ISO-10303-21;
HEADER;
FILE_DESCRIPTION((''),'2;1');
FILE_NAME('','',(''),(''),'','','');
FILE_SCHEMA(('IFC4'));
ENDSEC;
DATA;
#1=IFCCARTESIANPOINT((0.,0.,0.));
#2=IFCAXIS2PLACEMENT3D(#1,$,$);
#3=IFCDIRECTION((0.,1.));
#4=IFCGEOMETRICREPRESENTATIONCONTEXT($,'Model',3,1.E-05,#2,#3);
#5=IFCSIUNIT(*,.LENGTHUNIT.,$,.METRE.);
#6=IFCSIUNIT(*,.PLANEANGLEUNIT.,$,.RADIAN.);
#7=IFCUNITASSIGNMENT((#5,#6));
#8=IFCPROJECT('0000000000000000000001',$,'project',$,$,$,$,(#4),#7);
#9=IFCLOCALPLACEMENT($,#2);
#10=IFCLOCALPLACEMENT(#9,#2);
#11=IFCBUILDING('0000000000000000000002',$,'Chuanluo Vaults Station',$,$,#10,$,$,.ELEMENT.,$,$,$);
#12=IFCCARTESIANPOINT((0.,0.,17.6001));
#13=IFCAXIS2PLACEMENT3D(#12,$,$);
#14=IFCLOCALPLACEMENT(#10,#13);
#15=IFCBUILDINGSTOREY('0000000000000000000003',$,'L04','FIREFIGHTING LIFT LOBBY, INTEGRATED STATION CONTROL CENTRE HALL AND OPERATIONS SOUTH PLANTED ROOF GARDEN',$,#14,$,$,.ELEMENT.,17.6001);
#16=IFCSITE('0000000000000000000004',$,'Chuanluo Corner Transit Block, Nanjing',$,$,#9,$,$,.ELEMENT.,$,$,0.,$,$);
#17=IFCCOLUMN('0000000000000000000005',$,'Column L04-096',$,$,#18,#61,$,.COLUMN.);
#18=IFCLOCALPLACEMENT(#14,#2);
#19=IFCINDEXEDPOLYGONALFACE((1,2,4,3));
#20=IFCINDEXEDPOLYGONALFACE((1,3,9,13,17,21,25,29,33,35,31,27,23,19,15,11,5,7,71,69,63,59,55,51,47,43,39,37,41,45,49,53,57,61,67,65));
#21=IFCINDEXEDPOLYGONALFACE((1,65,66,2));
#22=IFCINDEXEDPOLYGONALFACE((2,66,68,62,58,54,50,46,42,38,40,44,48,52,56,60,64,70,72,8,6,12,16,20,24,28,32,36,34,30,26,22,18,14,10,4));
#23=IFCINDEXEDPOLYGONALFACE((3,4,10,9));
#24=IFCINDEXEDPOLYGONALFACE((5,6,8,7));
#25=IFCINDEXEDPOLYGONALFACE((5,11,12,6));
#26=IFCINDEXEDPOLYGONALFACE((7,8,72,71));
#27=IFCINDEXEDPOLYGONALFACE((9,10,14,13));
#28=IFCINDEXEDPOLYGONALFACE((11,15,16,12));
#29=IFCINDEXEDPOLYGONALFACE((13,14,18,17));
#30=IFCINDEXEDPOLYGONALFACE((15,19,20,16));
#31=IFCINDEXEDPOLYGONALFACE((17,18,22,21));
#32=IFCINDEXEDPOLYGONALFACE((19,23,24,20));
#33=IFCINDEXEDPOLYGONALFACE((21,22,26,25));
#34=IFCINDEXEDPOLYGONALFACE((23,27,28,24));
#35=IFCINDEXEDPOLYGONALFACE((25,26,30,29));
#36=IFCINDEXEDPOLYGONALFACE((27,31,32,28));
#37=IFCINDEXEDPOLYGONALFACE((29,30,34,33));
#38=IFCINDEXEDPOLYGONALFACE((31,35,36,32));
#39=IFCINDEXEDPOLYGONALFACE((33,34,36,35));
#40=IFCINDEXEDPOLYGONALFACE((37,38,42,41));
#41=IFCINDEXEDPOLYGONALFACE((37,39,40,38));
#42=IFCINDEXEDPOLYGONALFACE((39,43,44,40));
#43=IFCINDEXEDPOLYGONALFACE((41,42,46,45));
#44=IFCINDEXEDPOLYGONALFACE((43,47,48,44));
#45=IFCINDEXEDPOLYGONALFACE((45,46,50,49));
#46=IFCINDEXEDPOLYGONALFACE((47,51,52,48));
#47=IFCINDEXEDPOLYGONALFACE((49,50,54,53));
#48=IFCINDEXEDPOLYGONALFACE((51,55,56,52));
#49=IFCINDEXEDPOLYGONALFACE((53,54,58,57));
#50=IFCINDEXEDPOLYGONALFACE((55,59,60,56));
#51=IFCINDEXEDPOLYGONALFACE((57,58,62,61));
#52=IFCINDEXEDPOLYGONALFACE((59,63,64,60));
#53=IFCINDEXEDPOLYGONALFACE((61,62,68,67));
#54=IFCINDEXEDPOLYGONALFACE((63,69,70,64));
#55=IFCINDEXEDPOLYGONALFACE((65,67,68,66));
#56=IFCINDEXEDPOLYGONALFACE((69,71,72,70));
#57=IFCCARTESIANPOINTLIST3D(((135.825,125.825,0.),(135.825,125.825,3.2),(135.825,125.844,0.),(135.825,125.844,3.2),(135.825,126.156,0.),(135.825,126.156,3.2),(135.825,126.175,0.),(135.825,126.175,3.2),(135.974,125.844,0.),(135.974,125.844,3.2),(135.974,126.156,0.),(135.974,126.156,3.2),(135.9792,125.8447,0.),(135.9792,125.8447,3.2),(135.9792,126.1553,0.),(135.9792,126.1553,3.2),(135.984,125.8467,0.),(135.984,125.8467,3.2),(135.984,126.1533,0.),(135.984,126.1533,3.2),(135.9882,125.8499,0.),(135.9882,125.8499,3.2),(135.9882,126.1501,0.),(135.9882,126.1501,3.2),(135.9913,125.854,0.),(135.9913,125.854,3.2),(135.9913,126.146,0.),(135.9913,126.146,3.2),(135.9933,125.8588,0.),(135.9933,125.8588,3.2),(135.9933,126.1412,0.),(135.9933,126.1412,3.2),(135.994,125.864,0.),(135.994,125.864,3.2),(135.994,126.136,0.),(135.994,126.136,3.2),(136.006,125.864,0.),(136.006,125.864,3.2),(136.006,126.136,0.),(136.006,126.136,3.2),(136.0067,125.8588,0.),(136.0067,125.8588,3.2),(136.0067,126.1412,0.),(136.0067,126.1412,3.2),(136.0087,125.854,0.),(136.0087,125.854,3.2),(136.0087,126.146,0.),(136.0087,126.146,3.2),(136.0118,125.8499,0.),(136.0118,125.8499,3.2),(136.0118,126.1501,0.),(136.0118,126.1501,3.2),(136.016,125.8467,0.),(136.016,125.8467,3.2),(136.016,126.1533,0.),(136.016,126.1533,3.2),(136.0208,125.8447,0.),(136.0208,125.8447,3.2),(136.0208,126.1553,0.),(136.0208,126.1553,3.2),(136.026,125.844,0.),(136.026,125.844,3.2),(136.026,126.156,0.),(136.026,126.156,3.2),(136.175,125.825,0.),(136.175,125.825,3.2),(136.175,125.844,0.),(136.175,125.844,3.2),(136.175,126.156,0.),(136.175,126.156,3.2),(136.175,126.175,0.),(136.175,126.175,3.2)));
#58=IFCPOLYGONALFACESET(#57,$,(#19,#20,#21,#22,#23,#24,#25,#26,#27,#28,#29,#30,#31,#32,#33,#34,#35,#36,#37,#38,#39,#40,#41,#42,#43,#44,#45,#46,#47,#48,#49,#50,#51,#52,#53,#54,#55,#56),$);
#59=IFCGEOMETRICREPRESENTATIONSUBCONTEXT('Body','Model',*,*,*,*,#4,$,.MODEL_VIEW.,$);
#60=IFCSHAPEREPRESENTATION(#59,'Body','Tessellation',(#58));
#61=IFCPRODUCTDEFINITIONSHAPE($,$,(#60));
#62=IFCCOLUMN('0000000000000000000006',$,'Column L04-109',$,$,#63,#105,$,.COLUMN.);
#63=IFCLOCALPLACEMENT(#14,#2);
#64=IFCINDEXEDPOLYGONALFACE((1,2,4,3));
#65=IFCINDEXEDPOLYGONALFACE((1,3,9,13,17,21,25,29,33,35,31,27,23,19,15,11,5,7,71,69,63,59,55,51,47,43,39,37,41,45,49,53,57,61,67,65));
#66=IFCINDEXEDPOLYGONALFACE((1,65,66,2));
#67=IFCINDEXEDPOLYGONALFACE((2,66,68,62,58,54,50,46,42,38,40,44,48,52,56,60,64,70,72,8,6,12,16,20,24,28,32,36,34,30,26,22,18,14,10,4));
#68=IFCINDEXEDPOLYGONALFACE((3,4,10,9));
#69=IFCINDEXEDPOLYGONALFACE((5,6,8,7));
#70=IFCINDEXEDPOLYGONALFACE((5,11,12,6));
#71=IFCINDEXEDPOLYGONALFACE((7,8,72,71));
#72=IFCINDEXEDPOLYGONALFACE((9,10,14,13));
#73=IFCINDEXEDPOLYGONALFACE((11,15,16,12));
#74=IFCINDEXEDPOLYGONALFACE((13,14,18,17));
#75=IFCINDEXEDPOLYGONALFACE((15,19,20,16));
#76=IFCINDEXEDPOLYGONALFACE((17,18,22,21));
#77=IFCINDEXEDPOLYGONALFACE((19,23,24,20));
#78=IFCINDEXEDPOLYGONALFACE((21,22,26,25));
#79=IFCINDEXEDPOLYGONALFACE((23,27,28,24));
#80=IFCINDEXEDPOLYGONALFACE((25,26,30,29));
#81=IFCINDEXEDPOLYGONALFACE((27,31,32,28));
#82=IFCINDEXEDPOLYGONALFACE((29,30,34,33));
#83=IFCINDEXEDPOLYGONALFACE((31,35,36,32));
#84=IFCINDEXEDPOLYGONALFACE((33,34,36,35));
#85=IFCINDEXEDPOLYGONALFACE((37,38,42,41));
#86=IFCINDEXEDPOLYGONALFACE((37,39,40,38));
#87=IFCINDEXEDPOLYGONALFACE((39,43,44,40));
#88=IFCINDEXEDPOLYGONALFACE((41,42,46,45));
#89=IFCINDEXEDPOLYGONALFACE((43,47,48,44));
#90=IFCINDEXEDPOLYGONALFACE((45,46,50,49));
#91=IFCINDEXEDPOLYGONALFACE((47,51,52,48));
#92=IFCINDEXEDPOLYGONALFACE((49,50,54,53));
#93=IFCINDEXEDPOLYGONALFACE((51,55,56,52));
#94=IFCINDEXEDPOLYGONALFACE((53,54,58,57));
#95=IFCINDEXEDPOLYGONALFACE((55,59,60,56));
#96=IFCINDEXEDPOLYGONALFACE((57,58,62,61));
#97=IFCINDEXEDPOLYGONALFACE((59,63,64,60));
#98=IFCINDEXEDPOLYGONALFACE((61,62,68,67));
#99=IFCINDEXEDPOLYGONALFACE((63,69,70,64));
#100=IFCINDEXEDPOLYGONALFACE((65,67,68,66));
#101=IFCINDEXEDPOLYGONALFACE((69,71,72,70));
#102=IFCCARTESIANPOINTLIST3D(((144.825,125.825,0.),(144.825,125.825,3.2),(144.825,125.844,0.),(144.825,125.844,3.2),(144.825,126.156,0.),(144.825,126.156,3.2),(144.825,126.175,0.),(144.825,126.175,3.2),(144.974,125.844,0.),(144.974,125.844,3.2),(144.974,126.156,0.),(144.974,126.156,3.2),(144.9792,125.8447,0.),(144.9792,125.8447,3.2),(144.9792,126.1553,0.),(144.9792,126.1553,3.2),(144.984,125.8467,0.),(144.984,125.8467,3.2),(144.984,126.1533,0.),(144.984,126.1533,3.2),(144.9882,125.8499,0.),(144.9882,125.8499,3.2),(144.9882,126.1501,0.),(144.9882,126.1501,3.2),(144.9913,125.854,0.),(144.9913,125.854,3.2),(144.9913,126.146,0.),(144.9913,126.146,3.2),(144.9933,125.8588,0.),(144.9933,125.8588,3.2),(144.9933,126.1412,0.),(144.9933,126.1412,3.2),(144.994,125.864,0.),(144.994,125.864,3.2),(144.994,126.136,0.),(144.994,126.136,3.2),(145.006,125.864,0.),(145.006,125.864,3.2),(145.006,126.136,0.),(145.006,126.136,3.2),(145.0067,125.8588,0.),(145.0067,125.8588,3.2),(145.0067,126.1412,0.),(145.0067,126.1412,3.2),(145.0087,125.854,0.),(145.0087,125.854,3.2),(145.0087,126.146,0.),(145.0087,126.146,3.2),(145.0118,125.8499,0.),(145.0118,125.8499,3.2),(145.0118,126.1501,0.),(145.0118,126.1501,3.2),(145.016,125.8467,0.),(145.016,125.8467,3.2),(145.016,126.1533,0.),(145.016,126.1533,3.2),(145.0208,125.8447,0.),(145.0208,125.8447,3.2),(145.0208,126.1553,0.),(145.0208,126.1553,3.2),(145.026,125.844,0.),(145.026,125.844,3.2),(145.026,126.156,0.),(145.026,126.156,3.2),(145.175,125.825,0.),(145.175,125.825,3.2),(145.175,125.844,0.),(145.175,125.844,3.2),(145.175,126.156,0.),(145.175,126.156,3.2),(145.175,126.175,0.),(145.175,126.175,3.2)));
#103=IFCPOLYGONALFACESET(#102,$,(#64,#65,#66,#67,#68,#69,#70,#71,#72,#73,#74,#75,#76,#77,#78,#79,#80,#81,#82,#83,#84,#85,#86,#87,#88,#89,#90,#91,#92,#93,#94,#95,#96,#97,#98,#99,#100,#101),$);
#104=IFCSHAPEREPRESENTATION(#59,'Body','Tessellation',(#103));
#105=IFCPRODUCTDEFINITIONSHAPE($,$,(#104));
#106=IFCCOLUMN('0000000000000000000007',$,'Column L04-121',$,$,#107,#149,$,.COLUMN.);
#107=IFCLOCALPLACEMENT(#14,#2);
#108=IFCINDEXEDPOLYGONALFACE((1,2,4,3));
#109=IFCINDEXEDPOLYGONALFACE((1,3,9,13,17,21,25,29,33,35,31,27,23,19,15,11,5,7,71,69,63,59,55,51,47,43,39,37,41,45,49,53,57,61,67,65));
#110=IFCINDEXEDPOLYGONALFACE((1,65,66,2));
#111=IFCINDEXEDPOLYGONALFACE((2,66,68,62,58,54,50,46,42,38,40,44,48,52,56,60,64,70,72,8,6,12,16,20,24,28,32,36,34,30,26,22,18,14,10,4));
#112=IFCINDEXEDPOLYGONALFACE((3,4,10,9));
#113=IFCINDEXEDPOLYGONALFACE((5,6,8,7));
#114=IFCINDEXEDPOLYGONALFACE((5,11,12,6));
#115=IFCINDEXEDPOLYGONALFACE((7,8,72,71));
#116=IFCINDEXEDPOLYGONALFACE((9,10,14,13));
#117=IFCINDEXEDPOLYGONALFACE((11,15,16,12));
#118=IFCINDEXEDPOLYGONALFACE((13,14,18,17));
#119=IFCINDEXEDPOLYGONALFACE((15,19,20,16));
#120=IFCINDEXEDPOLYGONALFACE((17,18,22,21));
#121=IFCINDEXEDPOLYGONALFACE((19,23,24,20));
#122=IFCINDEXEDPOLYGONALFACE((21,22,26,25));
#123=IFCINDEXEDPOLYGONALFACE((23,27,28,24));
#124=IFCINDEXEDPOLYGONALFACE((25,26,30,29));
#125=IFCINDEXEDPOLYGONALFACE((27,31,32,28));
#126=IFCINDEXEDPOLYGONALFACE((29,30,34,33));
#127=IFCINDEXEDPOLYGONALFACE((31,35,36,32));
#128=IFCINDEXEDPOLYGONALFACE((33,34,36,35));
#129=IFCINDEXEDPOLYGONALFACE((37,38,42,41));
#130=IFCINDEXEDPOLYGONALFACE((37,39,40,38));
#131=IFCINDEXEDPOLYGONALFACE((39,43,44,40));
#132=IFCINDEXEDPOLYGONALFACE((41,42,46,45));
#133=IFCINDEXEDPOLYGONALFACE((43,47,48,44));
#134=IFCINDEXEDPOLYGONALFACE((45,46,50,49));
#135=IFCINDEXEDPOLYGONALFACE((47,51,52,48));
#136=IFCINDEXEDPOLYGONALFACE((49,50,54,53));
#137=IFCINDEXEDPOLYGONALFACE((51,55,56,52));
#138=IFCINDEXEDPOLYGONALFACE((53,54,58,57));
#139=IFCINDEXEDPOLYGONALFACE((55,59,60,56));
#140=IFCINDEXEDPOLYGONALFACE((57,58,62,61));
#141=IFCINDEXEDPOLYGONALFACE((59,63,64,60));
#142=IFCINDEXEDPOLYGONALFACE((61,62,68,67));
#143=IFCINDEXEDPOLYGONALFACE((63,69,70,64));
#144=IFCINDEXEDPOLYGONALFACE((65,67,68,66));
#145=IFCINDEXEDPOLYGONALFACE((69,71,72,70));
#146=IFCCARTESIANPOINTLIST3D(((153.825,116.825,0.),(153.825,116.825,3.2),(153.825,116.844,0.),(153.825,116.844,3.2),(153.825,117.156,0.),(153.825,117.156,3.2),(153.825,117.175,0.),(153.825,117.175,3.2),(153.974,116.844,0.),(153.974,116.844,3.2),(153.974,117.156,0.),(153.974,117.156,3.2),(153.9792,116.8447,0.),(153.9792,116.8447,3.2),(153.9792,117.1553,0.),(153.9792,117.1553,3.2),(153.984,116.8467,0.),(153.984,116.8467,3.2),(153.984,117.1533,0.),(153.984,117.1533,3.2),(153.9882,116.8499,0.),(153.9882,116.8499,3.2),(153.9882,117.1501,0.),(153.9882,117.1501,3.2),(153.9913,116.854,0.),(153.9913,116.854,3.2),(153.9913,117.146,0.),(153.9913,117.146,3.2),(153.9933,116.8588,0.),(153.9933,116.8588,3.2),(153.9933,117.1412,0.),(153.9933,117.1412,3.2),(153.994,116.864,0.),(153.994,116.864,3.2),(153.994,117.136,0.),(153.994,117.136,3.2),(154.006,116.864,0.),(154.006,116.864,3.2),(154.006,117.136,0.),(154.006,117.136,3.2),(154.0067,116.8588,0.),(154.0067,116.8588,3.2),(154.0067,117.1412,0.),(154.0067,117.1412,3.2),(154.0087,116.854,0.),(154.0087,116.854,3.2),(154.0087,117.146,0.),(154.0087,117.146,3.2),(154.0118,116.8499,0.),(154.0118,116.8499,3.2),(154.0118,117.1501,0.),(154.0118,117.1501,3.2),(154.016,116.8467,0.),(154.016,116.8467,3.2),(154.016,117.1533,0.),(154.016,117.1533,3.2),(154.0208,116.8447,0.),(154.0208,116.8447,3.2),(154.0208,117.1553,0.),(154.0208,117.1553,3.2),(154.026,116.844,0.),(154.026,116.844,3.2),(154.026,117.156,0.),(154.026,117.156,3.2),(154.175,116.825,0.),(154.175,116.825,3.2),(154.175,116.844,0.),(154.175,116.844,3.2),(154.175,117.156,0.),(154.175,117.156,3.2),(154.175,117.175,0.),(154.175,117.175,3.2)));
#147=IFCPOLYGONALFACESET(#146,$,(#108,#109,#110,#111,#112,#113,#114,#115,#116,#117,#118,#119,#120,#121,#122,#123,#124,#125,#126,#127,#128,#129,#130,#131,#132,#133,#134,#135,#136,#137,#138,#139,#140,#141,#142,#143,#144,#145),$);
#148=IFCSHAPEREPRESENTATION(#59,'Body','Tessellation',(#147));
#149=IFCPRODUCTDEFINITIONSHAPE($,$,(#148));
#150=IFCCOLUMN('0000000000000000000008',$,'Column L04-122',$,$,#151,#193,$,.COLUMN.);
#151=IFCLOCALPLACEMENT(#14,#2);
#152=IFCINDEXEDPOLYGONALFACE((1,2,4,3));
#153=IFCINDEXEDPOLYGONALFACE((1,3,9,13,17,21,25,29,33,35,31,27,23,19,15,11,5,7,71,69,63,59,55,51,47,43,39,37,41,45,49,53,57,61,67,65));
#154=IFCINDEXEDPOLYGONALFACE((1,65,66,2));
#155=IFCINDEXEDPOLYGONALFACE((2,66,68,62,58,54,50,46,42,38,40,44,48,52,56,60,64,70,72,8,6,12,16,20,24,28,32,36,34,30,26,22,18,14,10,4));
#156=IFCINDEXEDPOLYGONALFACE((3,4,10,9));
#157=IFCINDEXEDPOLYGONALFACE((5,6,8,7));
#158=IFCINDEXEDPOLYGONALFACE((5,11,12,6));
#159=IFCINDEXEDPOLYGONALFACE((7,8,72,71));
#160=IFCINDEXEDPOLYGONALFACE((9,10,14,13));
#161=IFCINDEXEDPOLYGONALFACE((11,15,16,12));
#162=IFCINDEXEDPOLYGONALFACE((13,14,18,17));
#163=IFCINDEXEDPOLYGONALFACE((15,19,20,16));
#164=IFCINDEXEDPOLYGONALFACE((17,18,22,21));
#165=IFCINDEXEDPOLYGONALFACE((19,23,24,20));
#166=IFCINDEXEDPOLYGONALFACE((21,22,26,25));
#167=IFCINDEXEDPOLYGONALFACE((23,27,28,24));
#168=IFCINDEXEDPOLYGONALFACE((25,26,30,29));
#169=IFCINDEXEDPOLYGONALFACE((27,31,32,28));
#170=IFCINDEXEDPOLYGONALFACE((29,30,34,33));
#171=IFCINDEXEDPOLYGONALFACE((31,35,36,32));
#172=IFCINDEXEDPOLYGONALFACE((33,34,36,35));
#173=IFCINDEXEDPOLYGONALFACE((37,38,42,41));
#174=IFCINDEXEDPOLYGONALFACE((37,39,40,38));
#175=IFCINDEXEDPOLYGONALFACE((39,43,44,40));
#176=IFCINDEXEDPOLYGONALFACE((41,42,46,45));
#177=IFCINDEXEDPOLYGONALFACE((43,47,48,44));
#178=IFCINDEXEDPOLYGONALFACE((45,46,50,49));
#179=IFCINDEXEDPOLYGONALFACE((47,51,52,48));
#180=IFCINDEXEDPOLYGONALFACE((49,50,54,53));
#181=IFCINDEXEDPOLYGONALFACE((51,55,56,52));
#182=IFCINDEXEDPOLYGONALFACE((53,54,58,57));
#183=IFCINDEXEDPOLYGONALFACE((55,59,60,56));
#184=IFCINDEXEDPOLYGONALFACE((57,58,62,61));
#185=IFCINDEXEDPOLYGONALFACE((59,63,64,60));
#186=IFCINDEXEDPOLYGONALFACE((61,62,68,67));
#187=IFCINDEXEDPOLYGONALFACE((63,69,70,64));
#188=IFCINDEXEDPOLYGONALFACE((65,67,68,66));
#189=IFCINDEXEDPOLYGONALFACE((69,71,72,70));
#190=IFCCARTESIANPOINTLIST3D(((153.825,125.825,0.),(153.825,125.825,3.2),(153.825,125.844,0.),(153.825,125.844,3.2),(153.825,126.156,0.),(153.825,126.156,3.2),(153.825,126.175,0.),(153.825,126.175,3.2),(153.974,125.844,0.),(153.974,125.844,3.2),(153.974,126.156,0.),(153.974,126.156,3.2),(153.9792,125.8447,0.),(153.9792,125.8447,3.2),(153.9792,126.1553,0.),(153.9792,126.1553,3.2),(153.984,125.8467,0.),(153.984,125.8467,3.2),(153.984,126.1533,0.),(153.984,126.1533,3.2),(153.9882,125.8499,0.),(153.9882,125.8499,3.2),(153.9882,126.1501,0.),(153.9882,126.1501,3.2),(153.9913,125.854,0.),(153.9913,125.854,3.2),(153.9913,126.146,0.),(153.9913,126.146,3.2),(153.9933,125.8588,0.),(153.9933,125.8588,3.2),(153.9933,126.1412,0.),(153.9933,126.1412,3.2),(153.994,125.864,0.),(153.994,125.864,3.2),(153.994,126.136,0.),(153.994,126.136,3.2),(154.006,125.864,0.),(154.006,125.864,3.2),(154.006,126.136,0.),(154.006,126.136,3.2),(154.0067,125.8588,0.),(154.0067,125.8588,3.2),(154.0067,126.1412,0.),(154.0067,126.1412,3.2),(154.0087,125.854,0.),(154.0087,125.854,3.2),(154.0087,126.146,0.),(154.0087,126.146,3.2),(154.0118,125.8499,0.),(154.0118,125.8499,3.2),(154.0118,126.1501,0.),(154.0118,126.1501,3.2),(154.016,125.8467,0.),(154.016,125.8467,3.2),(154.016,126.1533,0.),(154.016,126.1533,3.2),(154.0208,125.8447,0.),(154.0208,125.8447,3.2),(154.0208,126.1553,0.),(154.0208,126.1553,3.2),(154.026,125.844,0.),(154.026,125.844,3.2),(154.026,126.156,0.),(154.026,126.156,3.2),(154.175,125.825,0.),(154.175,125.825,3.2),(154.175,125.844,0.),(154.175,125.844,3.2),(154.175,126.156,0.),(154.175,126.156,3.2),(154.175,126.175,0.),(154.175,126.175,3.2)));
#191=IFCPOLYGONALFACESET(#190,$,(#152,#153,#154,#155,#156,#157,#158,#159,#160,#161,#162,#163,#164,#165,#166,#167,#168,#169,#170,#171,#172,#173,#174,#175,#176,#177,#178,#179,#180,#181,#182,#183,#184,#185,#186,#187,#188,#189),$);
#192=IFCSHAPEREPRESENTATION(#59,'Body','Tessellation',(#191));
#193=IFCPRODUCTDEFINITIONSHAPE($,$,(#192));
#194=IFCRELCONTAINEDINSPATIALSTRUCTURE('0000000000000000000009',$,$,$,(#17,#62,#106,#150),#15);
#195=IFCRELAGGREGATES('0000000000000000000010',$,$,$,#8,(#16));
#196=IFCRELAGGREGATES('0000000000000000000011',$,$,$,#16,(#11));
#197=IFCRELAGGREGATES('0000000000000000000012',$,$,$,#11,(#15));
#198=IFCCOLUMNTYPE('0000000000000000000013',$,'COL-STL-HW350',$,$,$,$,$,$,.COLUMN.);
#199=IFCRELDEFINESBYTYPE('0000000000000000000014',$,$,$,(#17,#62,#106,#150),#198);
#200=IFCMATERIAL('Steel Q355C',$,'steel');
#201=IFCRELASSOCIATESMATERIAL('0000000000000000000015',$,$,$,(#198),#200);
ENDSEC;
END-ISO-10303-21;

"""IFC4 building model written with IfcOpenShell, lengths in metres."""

from ifc_helpers import new_model, si_unit, direction, frame, origin, origin_2d, place, context, subcontext, project, spatial, i_section, extrude, material, material_profile, profile_set, type_object, element, save


model = new_model("IFC4")

# Units and contexts
model_context = context("Model", 3, precision=1e-05, world=origin(), true_north=direction((0.0, 1.0)))
body_context = subcontext(model_context, "Body", "Model", "MODEL_VIEW")
ifc_project = project(units=[si_unit("LENGTHUNIT", "METRE"), si_unit("PLANEANGLEUNIT", "RADIAN")], contexts=[model_context])

# Site, building, storey
site_placement = place(None, origin())
site = spatial("IfcSite", under=ifc_project, at=site_placement, Name="Chuanluo Corner Transit Block, Nanjing", CompositionType="ELEMENT", RefElevation=0.0)
building_placement = place(site_placement, origin())
building = spatial("IfcBuilding", under=site, at=building_placement, Name="Chuanluo Vaults Station", CompositionType="ELEMENT")
storey_placement = place(building_placement, frame((0.0, 0.0, 17.6001)))
storey = spatial("IfcBuildingStorey", under=building, at=storey_placement, Name="L04", Description="FIREFIGHTING LIFT LOBBY, INTEGRATED STATION CONTROL CENTRE HALL AND OPERATIONS SOUTH PLANTED ROOF GARDEN", CompositionType="ELEMENT", Elevation=17.6001)

# Columns
ifc_material_1 = material(Name="Steel Q355C", Category="steel")
ifc_material_profile_1 = material_profile(ifc_material_1, i_section(OverallWidth=0.3501, OverallDepth=0.3501, WebThickness=0.012, FlangeThickness=0.019, FilletRadius=0.02, at=origin_2d()))
ifc_profile_set_1 = profile_set([ifc_material_profile_1], Name="Steel Q355C")
column_type = type_object("IfcColumnType", Name="COL-STL-HW350", PredefinedType="COLUMN", material=ifc_profile_set_1)
for number, where, z_axis, x_axis, name in (
    (1, (136.0, 126.0, 0.0), (0.0, 0.0, 1.0), (1.0, 0.0, 0.0), "Column L04-096"),
    (2, (145.0, 126.0, 0.0), (0.0, 0.0, 1.0), (1.0, 0.0, 0.0), "Column L04-109"),
    (3, (154.0, 117.0, 0.0), (0.0, 0.0, 1.0), (1.0, 0.0, 0.0), "Column L04-121"),
    (4, (154.0, 126.0, 0.0), (0.0, 0.0, 1.0), (1.0, 0.0, 0.0), "Column L04-122"),
):
    element("IfcColumn", number, at=place(storey_placement, frame(where, z_axis=z_axis, x_axis=x_axis)), inside=storey, type_object=column_type, Name=name, PredefinedType="COLUMN", context=body_context, shape_type="SweptSolid", body=[
        extrude(i_section(OverallWidth=0.3501, OverallDepth=0.3501, WebThickness=0.012, FlangeThickness=0.019, FilletRadius=0.02, at=origin_2d()), origin(), (0.0, 0.0, 1.0), 3.2),
    ])

save(model, "model.ifc")
